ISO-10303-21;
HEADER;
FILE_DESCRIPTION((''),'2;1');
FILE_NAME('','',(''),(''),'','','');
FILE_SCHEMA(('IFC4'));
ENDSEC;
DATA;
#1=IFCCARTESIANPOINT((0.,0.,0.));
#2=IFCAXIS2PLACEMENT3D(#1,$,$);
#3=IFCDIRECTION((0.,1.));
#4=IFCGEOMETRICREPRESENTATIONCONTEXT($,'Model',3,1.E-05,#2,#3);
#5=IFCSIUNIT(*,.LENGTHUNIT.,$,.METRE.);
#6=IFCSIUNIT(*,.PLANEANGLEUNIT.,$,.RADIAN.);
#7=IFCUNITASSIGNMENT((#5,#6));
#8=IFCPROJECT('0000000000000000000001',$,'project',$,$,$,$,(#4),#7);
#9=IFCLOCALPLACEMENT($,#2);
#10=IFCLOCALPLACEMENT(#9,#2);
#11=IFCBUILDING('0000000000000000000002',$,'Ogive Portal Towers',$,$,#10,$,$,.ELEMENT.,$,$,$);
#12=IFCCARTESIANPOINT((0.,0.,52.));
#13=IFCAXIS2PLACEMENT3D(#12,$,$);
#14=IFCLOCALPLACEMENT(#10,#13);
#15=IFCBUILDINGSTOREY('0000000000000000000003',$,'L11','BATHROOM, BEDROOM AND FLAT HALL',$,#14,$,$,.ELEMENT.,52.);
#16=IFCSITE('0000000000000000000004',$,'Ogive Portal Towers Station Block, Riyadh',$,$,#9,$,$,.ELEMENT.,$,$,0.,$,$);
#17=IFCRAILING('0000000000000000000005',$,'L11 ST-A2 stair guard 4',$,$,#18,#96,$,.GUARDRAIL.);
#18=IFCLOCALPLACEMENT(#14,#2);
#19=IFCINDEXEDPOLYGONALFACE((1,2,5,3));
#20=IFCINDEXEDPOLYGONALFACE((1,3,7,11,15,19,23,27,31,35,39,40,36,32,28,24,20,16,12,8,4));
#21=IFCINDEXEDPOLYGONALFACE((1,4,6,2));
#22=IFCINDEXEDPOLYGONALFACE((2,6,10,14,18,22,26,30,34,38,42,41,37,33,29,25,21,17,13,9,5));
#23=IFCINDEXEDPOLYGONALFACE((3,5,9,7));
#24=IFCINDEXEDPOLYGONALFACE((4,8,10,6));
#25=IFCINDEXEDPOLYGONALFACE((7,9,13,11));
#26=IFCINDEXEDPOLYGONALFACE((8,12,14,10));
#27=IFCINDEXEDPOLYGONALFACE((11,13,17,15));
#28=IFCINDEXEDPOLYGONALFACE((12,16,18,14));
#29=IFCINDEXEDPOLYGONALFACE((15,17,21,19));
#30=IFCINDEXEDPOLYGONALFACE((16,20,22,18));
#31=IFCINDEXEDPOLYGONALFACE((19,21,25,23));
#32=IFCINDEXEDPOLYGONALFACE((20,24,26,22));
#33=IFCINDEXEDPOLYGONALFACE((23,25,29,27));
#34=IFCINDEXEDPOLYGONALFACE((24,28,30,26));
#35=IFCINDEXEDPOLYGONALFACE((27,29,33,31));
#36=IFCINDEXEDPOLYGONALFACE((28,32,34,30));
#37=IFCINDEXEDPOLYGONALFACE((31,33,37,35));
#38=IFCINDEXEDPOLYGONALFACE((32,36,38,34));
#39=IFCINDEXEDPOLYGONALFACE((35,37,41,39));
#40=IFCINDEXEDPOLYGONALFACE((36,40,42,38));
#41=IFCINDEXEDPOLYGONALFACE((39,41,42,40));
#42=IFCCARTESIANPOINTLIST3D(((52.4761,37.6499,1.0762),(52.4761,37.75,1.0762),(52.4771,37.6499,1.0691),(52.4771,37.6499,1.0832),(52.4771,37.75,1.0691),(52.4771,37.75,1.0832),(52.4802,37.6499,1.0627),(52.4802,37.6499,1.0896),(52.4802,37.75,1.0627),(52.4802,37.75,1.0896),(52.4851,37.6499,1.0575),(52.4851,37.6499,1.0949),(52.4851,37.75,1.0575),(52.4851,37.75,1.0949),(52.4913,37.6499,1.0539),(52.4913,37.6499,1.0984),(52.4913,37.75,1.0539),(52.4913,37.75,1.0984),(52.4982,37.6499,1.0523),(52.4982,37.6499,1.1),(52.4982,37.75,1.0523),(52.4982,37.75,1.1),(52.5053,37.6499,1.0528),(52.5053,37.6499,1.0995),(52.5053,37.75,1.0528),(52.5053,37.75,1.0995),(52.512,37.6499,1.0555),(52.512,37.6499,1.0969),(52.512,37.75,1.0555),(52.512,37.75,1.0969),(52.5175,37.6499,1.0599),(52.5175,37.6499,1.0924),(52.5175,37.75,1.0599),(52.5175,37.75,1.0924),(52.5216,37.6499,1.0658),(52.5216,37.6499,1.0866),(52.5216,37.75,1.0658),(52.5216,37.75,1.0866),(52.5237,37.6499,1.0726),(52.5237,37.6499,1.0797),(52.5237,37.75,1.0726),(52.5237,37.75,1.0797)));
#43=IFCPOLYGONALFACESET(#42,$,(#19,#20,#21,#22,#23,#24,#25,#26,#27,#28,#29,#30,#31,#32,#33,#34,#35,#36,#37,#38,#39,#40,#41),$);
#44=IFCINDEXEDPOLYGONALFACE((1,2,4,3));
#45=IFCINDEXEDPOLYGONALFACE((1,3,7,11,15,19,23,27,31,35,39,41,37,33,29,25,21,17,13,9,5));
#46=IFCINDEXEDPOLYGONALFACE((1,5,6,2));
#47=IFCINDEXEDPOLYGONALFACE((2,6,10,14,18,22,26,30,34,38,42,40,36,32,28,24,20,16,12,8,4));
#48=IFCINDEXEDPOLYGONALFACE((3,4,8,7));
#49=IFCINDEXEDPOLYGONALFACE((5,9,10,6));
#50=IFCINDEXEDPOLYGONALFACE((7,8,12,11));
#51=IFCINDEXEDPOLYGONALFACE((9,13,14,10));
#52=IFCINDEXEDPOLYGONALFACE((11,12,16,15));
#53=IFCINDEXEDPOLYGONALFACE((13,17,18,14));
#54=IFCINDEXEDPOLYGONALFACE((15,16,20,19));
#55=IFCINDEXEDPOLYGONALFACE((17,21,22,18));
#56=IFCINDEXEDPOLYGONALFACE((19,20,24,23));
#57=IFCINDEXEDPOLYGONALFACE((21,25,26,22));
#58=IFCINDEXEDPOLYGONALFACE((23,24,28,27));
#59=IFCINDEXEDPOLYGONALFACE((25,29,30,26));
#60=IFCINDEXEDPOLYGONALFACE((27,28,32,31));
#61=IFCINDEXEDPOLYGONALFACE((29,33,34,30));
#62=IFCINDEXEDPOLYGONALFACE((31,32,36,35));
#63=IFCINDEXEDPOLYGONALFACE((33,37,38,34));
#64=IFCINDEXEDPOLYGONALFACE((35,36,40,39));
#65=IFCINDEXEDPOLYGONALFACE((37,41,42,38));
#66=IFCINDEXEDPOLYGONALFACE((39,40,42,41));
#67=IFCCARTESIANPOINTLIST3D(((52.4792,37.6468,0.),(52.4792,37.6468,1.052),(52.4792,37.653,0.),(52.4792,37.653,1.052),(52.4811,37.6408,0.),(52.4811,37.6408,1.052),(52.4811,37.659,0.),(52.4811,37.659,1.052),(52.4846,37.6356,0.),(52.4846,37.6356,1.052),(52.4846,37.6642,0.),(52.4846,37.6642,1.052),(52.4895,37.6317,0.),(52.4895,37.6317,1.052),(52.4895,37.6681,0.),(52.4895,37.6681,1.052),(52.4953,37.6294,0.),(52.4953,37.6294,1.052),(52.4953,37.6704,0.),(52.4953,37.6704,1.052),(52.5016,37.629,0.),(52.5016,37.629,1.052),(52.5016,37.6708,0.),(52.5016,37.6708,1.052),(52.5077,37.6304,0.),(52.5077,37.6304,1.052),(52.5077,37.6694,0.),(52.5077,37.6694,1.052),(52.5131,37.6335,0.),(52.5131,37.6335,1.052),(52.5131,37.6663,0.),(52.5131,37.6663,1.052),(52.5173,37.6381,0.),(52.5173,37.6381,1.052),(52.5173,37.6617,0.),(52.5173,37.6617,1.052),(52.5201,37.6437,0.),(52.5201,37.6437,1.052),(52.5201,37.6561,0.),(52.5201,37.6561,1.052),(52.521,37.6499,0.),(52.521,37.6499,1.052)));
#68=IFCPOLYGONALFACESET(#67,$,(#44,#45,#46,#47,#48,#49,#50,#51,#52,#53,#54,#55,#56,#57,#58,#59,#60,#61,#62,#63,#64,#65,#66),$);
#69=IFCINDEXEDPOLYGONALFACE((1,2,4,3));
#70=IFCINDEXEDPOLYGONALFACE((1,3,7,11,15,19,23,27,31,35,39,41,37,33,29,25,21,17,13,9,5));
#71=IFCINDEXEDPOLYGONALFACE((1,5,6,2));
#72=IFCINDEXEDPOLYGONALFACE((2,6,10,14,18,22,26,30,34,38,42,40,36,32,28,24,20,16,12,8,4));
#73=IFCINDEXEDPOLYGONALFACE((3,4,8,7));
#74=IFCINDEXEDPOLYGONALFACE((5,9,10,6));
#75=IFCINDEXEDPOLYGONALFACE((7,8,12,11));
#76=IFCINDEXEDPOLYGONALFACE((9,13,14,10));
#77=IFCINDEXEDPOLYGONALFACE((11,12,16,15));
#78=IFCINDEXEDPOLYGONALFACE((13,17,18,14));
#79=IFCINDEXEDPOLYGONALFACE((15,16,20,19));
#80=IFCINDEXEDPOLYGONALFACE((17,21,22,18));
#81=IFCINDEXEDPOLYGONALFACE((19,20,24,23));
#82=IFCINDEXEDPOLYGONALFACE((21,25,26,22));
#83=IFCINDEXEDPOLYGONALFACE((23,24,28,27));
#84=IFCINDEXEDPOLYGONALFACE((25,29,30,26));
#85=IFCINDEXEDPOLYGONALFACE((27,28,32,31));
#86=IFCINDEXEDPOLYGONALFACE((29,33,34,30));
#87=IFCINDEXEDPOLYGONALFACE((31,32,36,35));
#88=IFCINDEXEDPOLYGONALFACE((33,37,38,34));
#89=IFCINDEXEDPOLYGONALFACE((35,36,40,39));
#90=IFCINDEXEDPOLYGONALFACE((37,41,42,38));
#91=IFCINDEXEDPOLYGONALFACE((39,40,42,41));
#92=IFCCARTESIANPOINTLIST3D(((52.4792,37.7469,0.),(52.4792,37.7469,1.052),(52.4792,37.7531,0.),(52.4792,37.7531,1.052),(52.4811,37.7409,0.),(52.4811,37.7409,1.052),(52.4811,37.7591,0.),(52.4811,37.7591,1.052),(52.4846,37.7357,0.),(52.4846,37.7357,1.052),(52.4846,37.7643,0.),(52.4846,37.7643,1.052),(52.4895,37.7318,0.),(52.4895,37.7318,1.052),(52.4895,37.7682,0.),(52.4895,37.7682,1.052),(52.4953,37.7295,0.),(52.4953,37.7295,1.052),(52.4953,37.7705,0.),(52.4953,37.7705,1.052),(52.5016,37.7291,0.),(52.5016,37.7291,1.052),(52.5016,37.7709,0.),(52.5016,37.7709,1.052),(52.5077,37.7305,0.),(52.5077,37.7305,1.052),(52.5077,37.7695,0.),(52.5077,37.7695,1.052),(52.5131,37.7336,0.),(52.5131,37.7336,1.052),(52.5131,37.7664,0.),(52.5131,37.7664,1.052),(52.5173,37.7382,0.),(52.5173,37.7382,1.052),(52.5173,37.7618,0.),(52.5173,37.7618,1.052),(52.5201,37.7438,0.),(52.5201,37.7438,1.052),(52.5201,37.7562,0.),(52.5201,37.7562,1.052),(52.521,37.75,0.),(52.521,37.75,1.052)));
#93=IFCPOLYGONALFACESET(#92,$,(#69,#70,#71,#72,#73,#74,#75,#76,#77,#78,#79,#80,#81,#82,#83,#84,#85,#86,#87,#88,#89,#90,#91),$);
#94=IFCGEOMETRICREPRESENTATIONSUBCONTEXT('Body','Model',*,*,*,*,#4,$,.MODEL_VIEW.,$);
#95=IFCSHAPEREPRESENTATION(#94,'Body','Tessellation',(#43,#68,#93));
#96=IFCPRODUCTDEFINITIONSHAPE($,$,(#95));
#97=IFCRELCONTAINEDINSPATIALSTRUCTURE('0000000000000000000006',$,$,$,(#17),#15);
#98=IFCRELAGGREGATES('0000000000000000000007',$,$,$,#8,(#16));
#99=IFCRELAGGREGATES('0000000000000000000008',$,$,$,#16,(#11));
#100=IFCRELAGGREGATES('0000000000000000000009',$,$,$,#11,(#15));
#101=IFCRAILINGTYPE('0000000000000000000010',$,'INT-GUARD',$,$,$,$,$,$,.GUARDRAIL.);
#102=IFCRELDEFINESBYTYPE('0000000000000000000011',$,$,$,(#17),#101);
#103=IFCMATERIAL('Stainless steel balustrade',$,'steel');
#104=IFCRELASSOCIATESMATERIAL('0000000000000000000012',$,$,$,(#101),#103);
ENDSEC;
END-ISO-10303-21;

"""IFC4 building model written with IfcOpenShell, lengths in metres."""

from ifc_helpers import new_model, si_unit, direction, frame, origin, origin_2d, place, context, subcontext, project, spatial, circle, extrude, material, type_object, element, save


model = new_model("IFC4")

# Units and contexts
model_context = context("Model", 3, precision=1e-05, world=origin(), true_north=direction((0.0, 1.0)))
body_context = subcontext(model_context, "Body", "Model", "MODEL_VIEW")
ifc_project = project(units=[si_unit("LENGTHUNIT", "METRE"), si_unit("PLANEANGLEUNIT", "RADIAN")], contexts=[model_context])

# Site, building, storey
site_placement = place(None, origin())
site = spatial("IfcSite", under=ifc_project, at=site_placement, Name="Ogive Portal Towers Station Block, Riyadh", CompositionType="ELEMENT", RefElevation=0.0)
building_placement = place(site_placement, origin())
building = spatial("IfcBuilding", under=site, at=building_placement, Name="Ogive Portal Towers", CompositionType="ELEMENT")
storey_placement = place(building_placement, frame((0.0, 0.0, 52.0)))
storey = spatial("IfcBuildingStorey", under=building, at=storey_placement, Name="L11", Description="BATHROOM, BEDROOM AND FLAT HALL", CompositionType="ELEMENT", Elevation=52.0)

# Railing
ifc_material_1 = material(Name="Stainless steel balustrade", Category="steel")
railing_type_1 = type_object("IfcRailingType", Name="INT-GUARD", PredefinedType="GUARDRAIL", material=ifc_material_1)
railing_1_placement = place(storey_placement, frame((52.5, 37.6499, 0.0)))
element("IfcRailing", 1, at=railing_1_placement, inside=storey, type_object=railing_type_1, Name="L11 ST-A2 stair guard 4", PredefinedType="GUARDRAIL", context=body_context, shape_type="SweptSolid", body=[
    extrude(circle(Radius=0.0239, at=origin_2d()), frame((0.0, 0.0, 1.0762), z_axis=(0.0, 1.0, 0.0), x_axis=(-1.0, 0.0, 0.0)), (0.0, 0.0, 1.0), 0.1001),
    extrude(circle(Radius=0.021, at=origin_2d()), origin(), (0.0, 0.0, 1.0), 1.052),
    extrude(circle(Radius=0.021, at=origin_2d()), frame((0.0, 0.1001, 0.0)), (0.0, 0.0, 1.0), 1.052),
])

save(model, "model.ifc")
